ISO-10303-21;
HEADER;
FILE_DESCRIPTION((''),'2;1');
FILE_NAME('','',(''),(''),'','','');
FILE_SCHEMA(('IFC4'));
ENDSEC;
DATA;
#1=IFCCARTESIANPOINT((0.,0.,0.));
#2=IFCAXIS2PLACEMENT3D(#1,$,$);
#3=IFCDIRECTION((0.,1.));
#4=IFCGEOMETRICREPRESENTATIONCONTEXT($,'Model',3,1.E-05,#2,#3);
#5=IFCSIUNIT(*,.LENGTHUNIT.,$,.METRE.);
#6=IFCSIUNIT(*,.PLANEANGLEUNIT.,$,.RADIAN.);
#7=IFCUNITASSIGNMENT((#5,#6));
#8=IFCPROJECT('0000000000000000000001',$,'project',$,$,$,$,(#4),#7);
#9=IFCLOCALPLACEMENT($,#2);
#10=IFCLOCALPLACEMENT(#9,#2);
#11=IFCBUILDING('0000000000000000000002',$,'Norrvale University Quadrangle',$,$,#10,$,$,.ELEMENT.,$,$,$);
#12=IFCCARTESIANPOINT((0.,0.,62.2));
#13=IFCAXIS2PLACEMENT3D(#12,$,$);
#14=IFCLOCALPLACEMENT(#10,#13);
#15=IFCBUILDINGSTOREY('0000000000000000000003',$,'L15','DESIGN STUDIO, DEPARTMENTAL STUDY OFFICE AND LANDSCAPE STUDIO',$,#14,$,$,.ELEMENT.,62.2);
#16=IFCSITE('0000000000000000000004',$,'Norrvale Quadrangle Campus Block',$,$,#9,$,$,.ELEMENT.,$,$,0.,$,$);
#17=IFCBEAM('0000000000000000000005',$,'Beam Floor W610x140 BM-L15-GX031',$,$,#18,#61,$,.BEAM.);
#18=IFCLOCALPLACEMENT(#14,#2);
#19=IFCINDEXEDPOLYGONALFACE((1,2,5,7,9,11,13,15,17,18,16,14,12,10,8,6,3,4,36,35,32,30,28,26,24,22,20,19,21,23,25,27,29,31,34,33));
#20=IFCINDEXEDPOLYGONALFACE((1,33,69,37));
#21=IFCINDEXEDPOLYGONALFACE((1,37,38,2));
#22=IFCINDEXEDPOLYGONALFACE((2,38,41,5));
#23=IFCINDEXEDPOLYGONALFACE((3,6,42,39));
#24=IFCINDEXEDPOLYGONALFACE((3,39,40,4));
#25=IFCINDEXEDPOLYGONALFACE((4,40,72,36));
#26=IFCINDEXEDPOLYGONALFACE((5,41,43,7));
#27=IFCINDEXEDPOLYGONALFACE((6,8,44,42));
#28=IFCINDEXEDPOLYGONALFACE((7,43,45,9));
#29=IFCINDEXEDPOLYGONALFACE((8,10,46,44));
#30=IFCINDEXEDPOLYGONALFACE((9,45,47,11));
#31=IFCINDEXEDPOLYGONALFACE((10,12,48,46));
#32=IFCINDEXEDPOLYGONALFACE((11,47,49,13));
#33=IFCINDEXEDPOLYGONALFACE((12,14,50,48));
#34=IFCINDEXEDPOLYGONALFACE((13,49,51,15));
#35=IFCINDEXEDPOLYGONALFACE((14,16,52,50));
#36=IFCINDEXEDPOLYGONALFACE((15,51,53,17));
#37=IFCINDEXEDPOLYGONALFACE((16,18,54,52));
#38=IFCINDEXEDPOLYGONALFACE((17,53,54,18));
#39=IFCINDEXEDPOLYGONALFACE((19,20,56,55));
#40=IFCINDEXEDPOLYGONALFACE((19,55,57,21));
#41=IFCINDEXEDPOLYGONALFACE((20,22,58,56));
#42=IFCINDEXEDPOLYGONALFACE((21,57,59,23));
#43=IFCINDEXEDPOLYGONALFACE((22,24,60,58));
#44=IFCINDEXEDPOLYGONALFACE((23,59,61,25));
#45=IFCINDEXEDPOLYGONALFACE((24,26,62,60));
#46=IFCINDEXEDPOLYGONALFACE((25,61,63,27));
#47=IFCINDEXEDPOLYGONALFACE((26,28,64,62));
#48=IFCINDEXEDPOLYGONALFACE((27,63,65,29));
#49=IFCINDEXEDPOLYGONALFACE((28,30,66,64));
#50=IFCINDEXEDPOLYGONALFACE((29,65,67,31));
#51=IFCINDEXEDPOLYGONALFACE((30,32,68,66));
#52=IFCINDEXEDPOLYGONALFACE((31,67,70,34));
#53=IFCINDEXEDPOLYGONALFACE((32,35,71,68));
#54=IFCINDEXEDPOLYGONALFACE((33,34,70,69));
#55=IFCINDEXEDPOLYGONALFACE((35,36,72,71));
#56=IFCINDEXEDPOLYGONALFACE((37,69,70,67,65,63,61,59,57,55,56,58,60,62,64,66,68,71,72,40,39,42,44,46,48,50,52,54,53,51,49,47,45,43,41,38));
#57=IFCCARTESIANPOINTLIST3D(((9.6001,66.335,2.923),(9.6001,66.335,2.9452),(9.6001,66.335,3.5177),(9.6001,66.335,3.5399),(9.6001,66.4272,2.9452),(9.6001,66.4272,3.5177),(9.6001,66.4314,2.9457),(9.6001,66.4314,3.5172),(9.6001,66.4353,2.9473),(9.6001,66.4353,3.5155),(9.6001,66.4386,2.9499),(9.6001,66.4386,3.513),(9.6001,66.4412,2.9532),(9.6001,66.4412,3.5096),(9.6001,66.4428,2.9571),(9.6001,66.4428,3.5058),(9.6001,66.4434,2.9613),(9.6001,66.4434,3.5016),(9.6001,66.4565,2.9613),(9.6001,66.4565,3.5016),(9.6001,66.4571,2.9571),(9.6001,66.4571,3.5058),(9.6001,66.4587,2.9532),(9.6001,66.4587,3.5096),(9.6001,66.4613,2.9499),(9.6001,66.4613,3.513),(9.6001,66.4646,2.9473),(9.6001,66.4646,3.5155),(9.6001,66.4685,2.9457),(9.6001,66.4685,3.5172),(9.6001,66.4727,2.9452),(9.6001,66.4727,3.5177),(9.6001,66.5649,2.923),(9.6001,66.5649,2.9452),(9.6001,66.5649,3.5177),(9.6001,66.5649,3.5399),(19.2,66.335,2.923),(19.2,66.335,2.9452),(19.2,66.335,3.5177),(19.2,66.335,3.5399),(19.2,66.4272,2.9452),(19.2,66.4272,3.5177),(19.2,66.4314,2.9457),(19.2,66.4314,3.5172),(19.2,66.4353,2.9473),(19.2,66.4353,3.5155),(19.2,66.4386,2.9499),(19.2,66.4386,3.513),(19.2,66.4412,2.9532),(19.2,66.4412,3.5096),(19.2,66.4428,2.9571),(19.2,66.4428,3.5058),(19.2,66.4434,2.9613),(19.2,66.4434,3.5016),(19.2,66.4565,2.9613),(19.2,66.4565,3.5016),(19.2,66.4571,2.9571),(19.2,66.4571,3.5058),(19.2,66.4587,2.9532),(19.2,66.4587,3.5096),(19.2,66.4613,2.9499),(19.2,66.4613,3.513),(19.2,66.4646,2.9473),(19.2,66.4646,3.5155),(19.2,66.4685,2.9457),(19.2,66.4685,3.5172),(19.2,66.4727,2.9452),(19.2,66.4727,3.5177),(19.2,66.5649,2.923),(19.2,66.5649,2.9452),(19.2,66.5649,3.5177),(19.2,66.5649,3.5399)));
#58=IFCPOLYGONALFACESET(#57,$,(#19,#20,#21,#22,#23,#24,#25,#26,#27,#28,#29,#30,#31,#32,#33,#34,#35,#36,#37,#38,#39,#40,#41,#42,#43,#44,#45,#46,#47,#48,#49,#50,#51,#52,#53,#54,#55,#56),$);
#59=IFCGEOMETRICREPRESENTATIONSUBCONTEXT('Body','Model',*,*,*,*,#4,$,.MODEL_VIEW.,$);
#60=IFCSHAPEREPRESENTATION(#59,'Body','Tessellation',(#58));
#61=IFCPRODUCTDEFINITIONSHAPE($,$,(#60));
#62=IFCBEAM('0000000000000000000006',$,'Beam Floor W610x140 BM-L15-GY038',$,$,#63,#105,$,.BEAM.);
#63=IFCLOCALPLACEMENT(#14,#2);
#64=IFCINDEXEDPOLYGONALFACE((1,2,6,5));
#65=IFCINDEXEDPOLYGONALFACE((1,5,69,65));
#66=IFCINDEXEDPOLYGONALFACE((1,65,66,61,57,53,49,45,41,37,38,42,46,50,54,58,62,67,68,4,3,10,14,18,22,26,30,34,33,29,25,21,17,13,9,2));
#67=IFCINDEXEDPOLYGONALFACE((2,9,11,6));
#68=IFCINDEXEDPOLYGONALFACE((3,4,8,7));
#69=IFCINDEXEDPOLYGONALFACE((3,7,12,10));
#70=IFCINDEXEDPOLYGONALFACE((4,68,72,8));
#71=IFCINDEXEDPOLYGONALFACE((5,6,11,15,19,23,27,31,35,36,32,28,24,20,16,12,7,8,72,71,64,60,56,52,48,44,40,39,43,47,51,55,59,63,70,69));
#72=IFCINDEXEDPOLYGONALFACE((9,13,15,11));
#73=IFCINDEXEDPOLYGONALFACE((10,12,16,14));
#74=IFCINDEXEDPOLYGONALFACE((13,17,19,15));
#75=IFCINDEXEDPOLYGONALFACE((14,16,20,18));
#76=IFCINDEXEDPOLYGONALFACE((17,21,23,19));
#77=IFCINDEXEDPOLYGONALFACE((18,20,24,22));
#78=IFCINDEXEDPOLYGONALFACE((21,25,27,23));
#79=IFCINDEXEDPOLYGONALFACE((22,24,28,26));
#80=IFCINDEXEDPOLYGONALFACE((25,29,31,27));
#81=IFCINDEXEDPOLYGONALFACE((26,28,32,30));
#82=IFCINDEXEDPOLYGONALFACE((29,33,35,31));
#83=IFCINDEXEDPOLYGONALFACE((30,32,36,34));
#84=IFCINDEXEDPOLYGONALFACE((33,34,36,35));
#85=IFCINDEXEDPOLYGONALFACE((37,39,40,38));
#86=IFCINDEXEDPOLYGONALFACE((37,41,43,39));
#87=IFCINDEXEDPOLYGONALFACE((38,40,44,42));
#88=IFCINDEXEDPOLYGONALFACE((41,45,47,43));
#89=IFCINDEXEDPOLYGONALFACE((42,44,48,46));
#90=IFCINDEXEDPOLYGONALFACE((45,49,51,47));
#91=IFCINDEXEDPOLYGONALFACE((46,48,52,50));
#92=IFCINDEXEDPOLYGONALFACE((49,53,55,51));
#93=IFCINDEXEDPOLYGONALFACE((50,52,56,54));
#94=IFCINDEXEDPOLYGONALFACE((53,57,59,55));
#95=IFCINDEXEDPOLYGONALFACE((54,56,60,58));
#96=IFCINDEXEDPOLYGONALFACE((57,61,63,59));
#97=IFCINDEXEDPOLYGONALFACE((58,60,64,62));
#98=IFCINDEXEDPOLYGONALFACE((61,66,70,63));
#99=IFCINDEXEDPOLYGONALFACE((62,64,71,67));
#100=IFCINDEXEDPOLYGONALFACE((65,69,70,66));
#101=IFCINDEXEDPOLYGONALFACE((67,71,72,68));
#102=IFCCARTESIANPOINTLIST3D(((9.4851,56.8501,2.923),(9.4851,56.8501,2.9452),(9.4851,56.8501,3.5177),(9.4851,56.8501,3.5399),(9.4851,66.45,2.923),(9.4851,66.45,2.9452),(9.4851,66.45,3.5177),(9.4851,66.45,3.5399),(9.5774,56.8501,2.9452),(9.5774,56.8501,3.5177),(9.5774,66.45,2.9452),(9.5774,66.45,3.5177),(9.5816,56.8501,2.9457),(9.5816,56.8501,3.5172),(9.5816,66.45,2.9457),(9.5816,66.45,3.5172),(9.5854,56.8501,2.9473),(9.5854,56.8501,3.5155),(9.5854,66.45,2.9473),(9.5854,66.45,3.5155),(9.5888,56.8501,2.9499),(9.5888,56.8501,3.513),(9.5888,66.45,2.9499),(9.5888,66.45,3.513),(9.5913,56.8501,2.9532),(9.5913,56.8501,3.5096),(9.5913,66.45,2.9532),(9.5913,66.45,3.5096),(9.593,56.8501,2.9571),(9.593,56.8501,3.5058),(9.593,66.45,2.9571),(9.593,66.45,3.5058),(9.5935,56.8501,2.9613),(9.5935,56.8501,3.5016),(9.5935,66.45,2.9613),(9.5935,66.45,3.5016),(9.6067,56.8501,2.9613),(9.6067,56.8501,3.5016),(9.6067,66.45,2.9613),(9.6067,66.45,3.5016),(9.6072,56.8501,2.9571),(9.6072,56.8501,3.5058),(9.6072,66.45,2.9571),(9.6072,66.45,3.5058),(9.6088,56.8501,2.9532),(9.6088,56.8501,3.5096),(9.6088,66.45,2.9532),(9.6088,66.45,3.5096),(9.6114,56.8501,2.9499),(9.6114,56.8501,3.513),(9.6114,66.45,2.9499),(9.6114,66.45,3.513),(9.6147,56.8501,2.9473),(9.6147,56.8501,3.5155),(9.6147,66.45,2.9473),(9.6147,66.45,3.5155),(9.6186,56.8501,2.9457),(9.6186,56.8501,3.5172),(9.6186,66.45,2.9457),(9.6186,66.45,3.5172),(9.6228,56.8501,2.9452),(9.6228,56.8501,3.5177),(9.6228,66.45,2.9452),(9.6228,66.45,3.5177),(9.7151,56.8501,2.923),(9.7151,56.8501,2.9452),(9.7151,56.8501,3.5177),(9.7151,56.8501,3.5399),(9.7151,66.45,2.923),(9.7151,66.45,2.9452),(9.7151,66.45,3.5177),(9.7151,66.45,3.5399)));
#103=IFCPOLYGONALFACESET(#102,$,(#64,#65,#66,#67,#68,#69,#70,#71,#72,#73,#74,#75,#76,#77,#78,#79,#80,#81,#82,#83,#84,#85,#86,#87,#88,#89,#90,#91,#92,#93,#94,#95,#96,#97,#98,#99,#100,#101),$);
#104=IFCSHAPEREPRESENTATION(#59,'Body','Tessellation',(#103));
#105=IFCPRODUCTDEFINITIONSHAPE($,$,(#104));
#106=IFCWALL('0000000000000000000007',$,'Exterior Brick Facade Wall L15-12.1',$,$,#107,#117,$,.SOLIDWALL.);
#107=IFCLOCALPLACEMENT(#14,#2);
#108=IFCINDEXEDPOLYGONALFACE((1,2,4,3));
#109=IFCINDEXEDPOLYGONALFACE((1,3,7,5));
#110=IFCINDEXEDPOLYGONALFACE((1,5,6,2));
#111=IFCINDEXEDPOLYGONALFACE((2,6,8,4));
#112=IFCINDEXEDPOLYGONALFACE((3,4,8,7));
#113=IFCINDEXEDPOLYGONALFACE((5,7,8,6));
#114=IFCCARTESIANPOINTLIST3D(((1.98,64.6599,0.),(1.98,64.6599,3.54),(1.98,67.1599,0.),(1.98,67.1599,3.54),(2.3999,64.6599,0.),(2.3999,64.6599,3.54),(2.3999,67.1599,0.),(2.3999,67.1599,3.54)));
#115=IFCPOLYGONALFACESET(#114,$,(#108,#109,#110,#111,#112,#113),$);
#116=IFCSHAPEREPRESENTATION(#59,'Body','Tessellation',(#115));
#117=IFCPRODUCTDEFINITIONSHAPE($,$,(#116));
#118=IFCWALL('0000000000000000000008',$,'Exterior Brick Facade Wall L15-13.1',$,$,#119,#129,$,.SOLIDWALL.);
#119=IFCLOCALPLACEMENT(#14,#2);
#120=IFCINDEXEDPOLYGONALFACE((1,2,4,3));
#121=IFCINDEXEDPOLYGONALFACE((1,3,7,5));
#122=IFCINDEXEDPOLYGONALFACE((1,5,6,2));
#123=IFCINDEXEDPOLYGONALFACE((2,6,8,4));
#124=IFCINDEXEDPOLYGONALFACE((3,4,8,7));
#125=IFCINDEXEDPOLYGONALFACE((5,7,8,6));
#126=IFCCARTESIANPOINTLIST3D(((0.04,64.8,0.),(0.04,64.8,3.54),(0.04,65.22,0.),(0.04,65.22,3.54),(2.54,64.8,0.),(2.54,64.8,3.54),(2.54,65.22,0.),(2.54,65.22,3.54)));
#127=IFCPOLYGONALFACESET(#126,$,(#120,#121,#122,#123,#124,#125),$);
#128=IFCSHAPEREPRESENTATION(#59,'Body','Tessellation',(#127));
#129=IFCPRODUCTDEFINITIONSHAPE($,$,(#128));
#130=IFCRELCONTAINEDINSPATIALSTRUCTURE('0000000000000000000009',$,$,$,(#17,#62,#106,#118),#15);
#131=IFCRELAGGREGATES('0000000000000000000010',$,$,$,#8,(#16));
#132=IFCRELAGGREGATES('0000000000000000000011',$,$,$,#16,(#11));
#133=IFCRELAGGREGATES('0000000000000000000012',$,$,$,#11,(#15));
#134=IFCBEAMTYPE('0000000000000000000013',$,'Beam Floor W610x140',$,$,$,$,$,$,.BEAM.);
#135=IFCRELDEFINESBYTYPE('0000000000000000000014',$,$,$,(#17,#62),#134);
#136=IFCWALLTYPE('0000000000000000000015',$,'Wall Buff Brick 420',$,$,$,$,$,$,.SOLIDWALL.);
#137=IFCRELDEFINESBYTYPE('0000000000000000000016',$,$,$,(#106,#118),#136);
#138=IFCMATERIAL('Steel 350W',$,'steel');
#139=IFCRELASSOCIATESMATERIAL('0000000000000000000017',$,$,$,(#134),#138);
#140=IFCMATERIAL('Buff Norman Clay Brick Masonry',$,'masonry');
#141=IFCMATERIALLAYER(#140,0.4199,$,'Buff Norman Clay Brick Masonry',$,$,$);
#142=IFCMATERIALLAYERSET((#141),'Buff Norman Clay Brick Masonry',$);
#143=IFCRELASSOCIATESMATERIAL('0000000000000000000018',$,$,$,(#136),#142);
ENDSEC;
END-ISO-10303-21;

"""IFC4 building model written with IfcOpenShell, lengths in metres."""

from ifc_helpers import new_model, si_unit, direction, frame, frame_2d, origin, origin_2d, place, context, subcontext, project, spatial, rectangle, i_section, extrude, material, layer, layer_set, material_profile, profile_set, type_object, element, save


model = new_model("IFC4")

# Units and contexts
model_context = context("Model", 3, precision=1e-05, world=origin(), true_north=direction((0.0, 1.0)))
body_context = subcontext(model_context, "Body", "Model", "MODEL_VIEW")
ifc_project = project(units=[si_unit("LENGTHUNIT", "METRE"), si_unit("PLANEANGLEUNIT", "RADIAN")], contexts=[model_context])

# Site, building, storey
site_placement = place(None, origin())
site = spatial("IfcSite", under=ifc_project, at=site_placement, Name="Norrvale Quadrangle Campus Block", CompositionType="ELEMENT", RefElevation=0.0)
building_placement = place(site_placement, origin())
building = spatial("IfcBuilding", under=site, at=building_placement, Name="Norrvale University Quadrangle", CompositionType="ELEMENT")
storey_placement = place(building_placement, frame((0.0, 0.0, 62.2)))
storey = spatial("IfcBuildingStorey", under=building, at=storey_placement, Name="L15", Description="DESIGN STUDIO, DEPARTMENTAL STUDY OFFICE AND LANDSCAPE STUDIO", CompositionType="ELEMENT", Elevation=62.2)

# Beams
ifc_material_1 = material(Name="Steel 350W", Category="steel")
ifc_material_profile_1 = material_profile(ifc_material_1, i_section(OverallWidth=0.23, OverallDepth=0.6169, WebThickness=0.0132, FlangeThickness=0.0222, FilletRadius=0.0161, at=origin_2d()), Name="Steel 350W")
ifc_profile_set_1 = profile_set([ifc_material_profile_1], Name="Steel 350W")
beam_type_1 = type_object("IfcBeamType", Name="Beam Floor W610x140", PredefinedType="BEAM", material=ifc_profile_set_1)
for number, where, z_axis, x_axis, name in (
    (1, (9.6001, 66.45, 3.2314), (1.0, 0.0, 0.0), (0.0, 1.0, 0.0), "Beam Floor W610x140 BM-L15-GX031"),
    (2, (9.6001, 56.8501, 3.2314), (0.0, 1.0, 0.0), (-1.0, 0.0, 0.0), "Beam Floor W610x140 BM-L15-GY038"),
):
    element("IfcBeam", number, at=place(storey_placement, frame(where, z_axis=z_axis, x_axis=x_axis)), inside=storey, type_object=beam_type_1, Name=name, PredefinedType="BEAM", context=body_context, shape_type="SweptSolid", body=[
        extrude(i_section(OverallWidth=0.23, OverallDepth=0.6169, WebThickness=0.0132, FlangeThickness=0.0222, FilletRadius=0.0161, at=origin_2d()), origin(), (0.0, 0.0, 1.0), 9.5999),
    ])

# Walls
ifc_material_2 = material(Name="Buff Norman Clay Brick Masonry", Category="masonry")
ifc_layer = layer(ifc_material_2, 0.4199, Name="Buff Norman Clay Brick Masonry")
ifc_layer_set = layer_set([ifc_layer], Name="Buff Norman Clay Brick Masonry")
wall_type = type_object("IfcWallType", Name="Wall Buff Brick 420", PredefinedType="SOLIDWALL", material=ifc_layer_set)
for number, where, z_axis, x_axis, name in (
    (3, (2.1899, 67.1599, 0.0), (0.0, 0.0, 1.0), (0.0, -1.0, 0.0), "Exterior Brick Facade Wall L15-12.1"),
    (4, (2.54, 65.01, 0.0), (0.0, 0.0, 1.0), (-1.0, 0.0, 0.0), "Exterior Brick Facade Wall L15-13.1"),
):
    element("IfcWall", number, at=place(storey_placement, frame(where, z_axis=z_axis, x_axis=x_axis)), inside=storey, type_object=wall_type, Name=name, PredefinedType="SOLIDWALL", context=body_context, shape_type="SweptSolid", body=[
        extrude(rectangle(XDim=2.5, YDim=0.4199, at=frame_2d((1.25, 0.0))), origin(), (0.0, 0.0, 1.0), 3.54),
    ])

save(model, "model.ifc")
